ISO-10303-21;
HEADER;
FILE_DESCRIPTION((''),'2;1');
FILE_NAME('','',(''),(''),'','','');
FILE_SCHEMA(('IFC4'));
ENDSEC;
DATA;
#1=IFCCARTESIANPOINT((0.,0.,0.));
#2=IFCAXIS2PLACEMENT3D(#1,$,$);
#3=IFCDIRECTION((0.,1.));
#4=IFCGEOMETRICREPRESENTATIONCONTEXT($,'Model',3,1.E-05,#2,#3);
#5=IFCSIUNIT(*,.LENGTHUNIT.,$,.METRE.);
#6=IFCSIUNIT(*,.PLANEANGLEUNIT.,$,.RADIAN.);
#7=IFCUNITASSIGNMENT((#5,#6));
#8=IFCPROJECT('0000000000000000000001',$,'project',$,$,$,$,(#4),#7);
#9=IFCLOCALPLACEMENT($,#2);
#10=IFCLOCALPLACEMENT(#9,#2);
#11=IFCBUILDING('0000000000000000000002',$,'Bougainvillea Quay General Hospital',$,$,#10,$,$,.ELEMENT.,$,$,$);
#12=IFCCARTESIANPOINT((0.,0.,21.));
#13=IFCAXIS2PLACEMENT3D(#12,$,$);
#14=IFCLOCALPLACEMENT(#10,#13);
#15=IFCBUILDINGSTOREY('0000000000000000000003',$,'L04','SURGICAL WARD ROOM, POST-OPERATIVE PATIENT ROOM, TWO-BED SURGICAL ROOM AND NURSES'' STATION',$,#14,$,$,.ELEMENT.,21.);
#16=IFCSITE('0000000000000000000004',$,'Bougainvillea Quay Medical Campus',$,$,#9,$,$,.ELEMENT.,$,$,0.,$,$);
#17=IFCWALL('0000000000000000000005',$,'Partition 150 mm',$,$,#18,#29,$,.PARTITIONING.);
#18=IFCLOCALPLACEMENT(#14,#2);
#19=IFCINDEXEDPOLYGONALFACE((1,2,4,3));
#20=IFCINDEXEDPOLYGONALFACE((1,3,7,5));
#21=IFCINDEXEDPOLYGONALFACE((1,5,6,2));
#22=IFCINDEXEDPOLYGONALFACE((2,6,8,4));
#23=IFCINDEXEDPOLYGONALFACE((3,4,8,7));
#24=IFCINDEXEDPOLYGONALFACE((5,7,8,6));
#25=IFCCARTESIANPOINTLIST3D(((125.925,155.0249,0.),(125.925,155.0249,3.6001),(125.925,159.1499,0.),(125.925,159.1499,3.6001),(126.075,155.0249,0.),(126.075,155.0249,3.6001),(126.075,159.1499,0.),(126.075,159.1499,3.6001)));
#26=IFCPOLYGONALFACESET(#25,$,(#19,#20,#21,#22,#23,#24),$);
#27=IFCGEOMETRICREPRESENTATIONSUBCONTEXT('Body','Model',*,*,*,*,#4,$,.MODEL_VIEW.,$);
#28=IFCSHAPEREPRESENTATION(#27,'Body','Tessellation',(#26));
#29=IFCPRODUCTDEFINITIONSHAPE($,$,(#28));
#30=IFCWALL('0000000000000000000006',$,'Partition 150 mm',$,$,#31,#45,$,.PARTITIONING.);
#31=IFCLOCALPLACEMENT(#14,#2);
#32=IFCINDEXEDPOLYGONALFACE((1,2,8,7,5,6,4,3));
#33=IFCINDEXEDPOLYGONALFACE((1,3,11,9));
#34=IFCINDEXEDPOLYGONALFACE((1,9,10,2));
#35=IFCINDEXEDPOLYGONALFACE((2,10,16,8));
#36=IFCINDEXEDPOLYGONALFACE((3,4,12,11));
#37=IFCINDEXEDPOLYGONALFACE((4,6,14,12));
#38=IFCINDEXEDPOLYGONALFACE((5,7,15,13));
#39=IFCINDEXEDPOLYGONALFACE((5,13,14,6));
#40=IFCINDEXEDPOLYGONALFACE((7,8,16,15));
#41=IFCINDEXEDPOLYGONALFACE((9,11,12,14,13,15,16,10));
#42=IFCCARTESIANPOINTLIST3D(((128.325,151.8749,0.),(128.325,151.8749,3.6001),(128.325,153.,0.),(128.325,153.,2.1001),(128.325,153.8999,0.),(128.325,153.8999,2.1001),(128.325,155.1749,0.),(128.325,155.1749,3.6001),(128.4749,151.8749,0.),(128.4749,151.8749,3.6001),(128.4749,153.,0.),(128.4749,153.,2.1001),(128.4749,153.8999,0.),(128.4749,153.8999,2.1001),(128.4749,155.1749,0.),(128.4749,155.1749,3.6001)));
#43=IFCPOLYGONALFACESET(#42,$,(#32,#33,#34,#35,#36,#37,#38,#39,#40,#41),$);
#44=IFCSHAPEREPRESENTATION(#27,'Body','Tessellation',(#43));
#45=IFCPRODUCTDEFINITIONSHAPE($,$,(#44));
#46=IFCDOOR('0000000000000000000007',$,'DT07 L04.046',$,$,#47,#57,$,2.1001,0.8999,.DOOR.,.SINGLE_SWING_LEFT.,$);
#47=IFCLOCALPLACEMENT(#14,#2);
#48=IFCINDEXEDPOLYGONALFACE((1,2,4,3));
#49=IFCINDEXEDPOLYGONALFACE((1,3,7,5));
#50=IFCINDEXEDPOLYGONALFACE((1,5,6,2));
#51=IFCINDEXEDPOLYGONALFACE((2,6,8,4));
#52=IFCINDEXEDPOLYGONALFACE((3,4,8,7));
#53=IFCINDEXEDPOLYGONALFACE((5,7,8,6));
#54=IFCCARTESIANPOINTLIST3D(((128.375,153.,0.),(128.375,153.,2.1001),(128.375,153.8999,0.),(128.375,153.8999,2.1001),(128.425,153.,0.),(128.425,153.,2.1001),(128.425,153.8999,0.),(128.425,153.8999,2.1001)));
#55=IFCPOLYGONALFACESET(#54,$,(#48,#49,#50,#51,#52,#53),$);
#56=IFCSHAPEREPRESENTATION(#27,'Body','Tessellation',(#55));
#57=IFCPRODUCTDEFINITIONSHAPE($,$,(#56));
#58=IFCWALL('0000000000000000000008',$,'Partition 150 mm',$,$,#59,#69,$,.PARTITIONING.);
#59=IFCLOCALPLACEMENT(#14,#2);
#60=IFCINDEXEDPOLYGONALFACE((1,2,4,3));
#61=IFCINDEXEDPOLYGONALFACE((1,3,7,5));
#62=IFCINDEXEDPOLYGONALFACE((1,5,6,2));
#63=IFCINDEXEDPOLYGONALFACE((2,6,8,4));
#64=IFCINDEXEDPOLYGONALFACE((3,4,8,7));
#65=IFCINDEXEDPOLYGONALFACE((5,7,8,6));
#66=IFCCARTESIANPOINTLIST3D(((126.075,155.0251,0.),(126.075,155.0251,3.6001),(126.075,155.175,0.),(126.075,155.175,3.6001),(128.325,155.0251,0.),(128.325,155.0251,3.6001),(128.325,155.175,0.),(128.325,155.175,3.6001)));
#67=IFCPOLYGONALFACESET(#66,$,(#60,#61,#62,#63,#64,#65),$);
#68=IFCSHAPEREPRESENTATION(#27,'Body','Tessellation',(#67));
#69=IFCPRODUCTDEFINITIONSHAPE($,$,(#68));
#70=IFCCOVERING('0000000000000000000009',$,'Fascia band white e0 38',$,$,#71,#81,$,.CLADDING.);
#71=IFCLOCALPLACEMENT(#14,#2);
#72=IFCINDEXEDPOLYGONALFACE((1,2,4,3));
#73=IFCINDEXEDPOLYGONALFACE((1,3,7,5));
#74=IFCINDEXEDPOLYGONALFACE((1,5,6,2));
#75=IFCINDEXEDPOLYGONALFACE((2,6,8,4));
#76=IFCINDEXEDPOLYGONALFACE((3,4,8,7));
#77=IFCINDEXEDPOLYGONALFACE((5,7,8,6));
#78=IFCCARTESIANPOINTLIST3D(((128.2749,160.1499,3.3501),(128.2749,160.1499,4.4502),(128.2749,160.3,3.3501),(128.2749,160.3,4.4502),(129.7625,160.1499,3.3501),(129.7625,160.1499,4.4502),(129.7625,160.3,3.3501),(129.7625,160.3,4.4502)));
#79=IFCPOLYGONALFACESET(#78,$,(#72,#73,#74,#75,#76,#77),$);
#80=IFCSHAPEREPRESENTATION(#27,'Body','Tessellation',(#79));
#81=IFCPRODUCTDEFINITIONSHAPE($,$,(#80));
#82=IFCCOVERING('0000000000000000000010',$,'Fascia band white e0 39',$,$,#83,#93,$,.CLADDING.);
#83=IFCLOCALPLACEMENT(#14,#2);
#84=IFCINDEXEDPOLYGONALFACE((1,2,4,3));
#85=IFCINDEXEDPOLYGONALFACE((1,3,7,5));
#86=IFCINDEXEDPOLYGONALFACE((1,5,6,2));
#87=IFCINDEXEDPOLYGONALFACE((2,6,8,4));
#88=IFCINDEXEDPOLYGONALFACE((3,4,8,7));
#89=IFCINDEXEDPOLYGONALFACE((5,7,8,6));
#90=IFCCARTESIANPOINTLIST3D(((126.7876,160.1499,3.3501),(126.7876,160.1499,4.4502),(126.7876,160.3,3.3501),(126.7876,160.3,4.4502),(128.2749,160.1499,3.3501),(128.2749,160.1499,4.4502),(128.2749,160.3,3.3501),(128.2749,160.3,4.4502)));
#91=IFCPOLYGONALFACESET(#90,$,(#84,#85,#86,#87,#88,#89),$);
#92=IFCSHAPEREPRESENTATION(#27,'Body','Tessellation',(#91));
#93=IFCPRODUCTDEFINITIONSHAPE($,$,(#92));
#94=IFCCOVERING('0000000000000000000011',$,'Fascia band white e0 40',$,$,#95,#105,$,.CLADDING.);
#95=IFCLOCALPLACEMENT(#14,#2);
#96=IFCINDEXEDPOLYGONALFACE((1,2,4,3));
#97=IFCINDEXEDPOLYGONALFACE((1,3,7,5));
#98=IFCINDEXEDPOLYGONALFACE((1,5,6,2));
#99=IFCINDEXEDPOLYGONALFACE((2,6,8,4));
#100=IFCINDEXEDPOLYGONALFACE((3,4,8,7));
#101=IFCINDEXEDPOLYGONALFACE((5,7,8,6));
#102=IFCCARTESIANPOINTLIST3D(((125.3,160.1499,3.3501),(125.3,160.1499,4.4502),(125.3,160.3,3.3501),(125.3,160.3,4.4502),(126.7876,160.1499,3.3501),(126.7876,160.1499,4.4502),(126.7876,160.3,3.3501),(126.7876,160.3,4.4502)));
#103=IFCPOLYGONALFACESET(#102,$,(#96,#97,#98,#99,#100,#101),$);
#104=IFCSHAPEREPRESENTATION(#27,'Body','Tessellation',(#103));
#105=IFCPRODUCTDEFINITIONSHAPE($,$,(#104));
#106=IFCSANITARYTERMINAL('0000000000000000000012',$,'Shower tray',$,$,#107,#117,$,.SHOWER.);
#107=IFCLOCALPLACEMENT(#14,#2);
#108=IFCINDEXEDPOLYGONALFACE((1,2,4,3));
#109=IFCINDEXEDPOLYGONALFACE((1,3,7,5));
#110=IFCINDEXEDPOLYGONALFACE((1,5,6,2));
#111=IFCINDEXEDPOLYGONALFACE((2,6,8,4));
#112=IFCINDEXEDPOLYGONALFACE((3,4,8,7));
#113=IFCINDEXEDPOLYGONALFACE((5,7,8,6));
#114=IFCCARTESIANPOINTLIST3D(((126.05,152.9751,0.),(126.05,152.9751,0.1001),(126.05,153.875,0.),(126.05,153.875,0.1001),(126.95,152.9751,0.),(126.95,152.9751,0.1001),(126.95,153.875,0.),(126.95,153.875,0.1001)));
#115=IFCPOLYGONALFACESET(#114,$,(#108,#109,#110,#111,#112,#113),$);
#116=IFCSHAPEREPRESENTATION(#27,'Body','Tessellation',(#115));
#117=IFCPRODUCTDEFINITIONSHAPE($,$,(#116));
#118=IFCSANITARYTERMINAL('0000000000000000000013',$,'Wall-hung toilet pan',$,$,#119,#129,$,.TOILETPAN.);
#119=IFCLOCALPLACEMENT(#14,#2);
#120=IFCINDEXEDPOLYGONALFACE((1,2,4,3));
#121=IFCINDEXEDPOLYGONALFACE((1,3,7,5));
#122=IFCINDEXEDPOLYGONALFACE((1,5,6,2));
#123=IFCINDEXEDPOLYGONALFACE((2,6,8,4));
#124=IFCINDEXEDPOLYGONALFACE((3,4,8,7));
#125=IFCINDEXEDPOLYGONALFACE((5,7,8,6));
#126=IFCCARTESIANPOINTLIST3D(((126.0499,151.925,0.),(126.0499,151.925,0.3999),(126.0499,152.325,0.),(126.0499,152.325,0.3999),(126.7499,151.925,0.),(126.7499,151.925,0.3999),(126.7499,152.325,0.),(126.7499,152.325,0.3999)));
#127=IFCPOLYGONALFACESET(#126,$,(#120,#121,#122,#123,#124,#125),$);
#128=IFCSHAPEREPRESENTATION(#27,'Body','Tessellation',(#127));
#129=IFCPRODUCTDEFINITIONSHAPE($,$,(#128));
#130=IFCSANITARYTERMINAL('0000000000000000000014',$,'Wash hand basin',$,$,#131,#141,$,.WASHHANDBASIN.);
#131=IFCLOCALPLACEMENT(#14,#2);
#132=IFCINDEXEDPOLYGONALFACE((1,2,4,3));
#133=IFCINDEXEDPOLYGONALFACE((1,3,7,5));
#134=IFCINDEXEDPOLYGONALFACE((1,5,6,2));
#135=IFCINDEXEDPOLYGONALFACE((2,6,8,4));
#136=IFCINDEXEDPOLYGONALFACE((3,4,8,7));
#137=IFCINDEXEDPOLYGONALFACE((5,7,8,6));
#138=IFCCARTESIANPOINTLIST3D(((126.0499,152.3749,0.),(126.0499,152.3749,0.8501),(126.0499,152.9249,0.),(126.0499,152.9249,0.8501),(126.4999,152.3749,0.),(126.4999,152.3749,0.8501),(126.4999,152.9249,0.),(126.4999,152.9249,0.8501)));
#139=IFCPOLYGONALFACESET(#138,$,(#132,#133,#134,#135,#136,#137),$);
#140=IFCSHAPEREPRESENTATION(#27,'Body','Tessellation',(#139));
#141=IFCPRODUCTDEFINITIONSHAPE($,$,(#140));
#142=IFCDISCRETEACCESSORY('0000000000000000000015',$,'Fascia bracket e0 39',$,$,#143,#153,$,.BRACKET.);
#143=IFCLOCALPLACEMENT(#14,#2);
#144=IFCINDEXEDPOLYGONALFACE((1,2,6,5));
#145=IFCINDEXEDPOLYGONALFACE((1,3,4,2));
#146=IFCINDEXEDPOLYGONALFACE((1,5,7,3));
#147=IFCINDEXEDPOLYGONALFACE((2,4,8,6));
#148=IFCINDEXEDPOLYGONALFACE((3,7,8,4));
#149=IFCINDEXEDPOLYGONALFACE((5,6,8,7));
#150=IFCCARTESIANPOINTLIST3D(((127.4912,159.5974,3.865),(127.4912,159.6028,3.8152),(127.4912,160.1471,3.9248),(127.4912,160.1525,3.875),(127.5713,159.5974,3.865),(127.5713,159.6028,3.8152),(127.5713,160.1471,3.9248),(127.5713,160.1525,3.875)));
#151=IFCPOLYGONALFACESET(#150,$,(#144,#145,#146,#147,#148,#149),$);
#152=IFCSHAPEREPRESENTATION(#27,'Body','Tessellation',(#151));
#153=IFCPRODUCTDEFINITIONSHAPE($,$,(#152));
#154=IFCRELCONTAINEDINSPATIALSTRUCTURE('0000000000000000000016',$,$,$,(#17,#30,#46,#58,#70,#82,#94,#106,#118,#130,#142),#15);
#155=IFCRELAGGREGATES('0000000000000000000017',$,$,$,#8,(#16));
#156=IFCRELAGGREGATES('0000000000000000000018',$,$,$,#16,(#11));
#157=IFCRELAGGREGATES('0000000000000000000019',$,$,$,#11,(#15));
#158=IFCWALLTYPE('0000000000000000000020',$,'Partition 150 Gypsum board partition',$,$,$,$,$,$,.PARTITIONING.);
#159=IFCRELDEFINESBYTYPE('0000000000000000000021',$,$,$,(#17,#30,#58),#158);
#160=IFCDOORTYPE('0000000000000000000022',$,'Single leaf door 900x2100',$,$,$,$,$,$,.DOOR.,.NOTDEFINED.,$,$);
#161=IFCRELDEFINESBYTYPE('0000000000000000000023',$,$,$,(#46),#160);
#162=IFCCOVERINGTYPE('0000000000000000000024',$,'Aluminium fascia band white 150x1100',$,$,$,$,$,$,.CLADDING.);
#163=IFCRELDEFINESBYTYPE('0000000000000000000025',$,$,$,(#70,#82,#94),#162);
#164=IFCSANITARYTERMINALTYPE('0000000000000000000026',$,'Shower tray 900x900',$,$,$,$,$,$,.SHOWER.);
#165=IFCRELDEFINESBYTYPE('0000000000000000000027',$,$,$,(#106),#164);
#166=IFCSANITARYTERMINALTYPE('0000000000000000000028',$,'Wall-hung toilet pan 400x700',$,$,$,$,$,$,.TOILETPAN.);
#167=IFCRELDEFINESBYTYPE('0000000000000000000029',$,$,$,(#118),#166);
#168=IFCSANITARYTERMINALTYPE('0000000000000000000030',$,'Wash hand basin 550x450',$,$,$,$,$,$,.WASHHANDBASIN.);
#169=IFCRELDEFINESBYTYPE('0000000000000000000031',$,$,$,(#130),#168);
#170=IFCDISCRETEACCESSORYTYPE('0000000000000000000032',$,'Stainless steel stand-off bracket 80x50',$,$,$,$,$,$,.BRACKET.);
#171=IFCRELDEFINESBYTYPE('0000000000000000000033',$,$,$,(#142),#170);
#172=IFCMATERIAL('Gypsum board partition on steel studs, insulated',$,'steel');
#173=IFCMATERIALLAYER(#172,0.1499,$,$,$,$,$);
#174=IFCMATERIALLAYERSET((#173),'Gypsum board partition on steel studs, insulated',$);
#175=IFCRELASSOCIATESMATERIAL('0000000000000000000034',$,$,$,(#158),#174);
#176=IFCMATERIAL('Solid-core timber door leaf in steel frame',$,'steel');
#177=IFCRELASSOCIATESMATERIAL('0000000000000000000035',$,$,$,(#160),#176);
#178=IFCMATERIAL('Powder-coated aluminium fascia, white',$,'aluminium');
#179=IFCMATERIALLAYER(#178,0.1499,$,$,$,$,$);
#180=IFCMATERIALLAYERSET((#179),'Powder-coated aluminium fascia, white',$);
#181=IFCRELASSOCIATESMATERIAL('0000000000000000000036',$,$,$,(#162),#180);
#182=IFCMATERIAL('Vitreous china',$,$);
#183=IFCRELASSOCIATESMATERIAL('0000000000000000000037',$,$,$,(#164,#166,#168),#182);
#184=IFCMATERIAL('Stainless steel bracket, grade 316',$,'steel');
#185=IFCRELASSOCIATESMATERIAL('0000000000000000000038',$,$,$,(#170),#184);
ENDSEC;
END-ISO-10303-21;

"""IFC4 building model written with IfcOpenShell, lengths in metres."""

from ifc_helpers import new_model, si_unit, direction, frame, frame_2d, origin, origin_2d, place, context, subcontext, project, spatial, polyline, rectangle, outline, extrude, material, layer, layer_set, material_profile, profile_set, type_object, element, fill, save


model = new_model("IFC4")

# Units and contexts
model_context = context("Model", 3, precision=1e-05, world=origin(), true_north=direction((0.0, 1.0)))
body_context = subcontext(model_context, "Body", "Model", "MODEL_VIEW")
ifc_project = project(units=[si_unit("LENGTHUNIT", "METRE"), si_unit("PLANEANGLEUNIT", "RADIAN")], contexts=[model_context])

# Site, building, storey
site_placement = place(None, origin())
site = spatial("IfcSite", under=ifc_project, at=site_placement, Name="Bougainvillea Quay Medical Campus", CompositionType="ELEMENT", RefElevation=0.0)
building_placement = place(site_placement, origin())
building = spatial("IfcBuilding", under=site, at=building_placement, Name="Bougainvillea Quay General Hospital", CompositionType="ELEMENT")
storey_placement = place(building_placement, frame((0.0, 0.0, 21.0)))
storey = spatial("IfcBuildingStorey", under=building, at=storey_placement, Name="L04", Description="SURGICAL WARD ROOM, POST-OPERATIVE PATIENT ROOM, TWO-BED SURGICAL ROOM AND NURSES' STATION", CompositionType="ELEMENT", Elevation=21.0)

# Wall
ifc_material_1 = material(Name="Gypsum board partition on steel studs, insulated", Category="steel")
ifc_layer_1 = layer(ifc_material_1, 0.1499)
ifc_layer_set_1 = layer_set([ifc_layer_1], Name="Gypsum board partition on steel studs, insulated")
wall_type_1 = type_object("IfcWallType", Name="Partition 150 Gypsum board partition", PredefinedType="PARTITIONING", material=ifc_layer_set_1)
wall_1_placement = place(storey_placement, frame((126.0, 155.0249, 0.0), z_axis=(0.0, 0.0, 1.0), x_axis=(0.0, 1.0, 0.0)))
element("IfcWall", 1, at=wall_1_placement, inside=storey, type_object=wall_type_1, Name="Partition 150 mm", PredefinedType="PARTITIONING", context=body_context, shape_type="SweptSolid", body=[
    extrude(rectangle(XDim=4.125, YDim=0.1499, at=frame_2d((2.0625, 0.0))), origin(), (0.0, 0.0, 1.0), 3.6001),
])

# Wall, opening, door
wall_2_placement = place(storey_placement, frame((128.3999, 151.875, 0.0), z_axis=(0.0, 0.0, 1.0), x_axis=(0.0, 1.0, 0.0)))
wall_2 = element("IfcWall", 2, at=wall_2_placement, inside=storey, type_object=wall_type_1, Name="Partition 150 mm", PredefinedType="PARTITIONING", context=body_context, shape_type="SweptSolid", body=[
    extrude(rectangle(XDim=3.3, YDim=0.1499, at=frame_2d((1.6499, 0.0))), origin(), (0.0, 0.0, 1.0), 3.6001),
])
opening_placement = place(wall_2_placement, frame((1.125, 0.0, 0.0)))
opening = element("IfcOpeningElement", 3, at=opening_placement, cuts=wall_2, PredefinedType="OPENING", context=body_context, shape_type="SweptSolid", body=[
    extrude(rectangle(XDim=0.8999, YDim=2.1001, at=frame_2d((0.45, 1.05))), frame((0.0, 0.085, 0.0), z_axis=(0.0, -1.0, 0.0), x_axis=(1.0, 0.0, 0.0)), (0.0, 0.0, 1.0), 0.1699),
])
ifc_material_2 = material(Name="Solid-core timber door leaf in steel frame", Category="steel")
door_type = type_object("IfcDoorType", Name="Single leaf door 900x2100", OperationType="NOTDEFINED", PredefinedType="DOOR", material=ifc_material_2)
door_placement = place(opening_placement, origin())
door = element("IfcDoor", 4, at=door_placement, inside=storey, type_object=door_type, Name="DT07 L04.046", OperationType="SINGLE_SWING_LEFT", OverallHeight=2.1001, OverallWidth=0.8999, PredefinedType="DOOR", context=body_context, shape_type="SweptSolid", body=[
    extrude(rectangle(XDim=0.8999, YDim=2.1001, at=frame_2d((0.45, 1.05))), frame((0.0, 0.0249, 0.0), z_axis=(0.0, -1.0, 0.0), x_axis=(1.0, 0.0, 0.0)), (0.0, 0.0, 1.0), 0.05),
])
fill(opening, door)

# Wall
wall_3_placement = place(storey_placement, frame((126.075, 155.1001, 0.0), z_axis=(0.0, 0.0, 1.0), x_axis=(1.0, 0.0, 0.0)))
element("IfcWall", 5, at=wall_3_placement, inside=storey, type_object=wall_type_1, Name="Partition 150 mm", PredefinedType="PARTITIONING", context=body_context, shape_type="SweptSolid", body=[
    extrude(rectangle(XDim=2.25, YDim=0.1499, at=frame_2d((1.125, 0.0))), origin(), (0.0, 0.0, 1.0), 3.6001),
])

# Coverings
ifc_material_3 = material(Name="Powder-coated aluminium fascia, white", Category="aluminium")
ifc_layer_2 = layer(ifc_material_3, 0.1499)
ifc_layer_set_2 = layer_set([ifc_layer_2], Name="Powder-coated aluminium fascia, white")
covering_type = type_object("IfcCoveringType", Name="Aluminium fascia band white 150x1100", PredefinedType="CLADDING", material=ifc_layer_set_2)
covering_1_placement = place(storey_placement, frame((129.7625, 160.1499, 3.3501), z_axis=(0.0, 0.0, 1.0), x_axis=(-1.0, 0.0, 0.0)))
element("IfcCovering", 6, at=covering_1_placement, inside=storey, type_object=covering_type, Name="Fascia band white e0 38", PredefinedType="CLADDING", context=body_context, shape_type="SweptSolid", body=[
    extrude(outline(polyline([(0.0, 0.0), (1.4875, 0.0), (1.4875, -0.1501), (0.0, -0.1501), (0.0, 0.0)])), origin(), (0.0, 0.0, 1.0), 1.1001),
])
covering_2_placement = place(storey_placement, frame((128.2749, 160.1499, 3.3501), z_axis=(0.0, 0.0, 1.0), x_axis=(-1.0, 0.0, 0.0)))
element("IfcCovering", 7, at=covering_2_placement, inside=storey, type_object=covering_type, Name="Fascia band white e0 39", PredefinedType="CLADDING", context=body_context, shape_type="SweptSolid", body=[
    extrude(outline(polyline([(0.0, 0.0), (1.4873, 0.0), (1.4873, -0.1501), (0.0, -0.1501), (0.0, 0.0)])), origin(), (0.0, 0.0, 1.0), 1.1001),
])
covering_3_placement = place(storey_placement, frame((126.7876, 160.1499, 3.3501), z_axis=(0.0, 0.0, 1.0), x_axis=(-1.0, 0.0, 0.0)))
element("IfcCovering", 8, at=covering_3_placement, inside=storey, type_object=covering_type, Name="Fascia band white e0 40", PredefinedType="CLADDING", context=body_context, shape_type="SweptSolid", body=[
    extrude(outline(polyline([(0.0, 0.0), (1.4875, 0.0), (1.4875, -0.1501), (0.0, -0.1501), (0.0, 0.0)])), origin(), (0.0, 0.0, 1.0), 1.1001),
])

# Sanitary terminals
ifc_material_4 = material(Name="Vitreous china")
sanitary_terminal_type_1 = type_object("IfcSanitaryTerminalType", Name="Shower tray 900x900", PredefinedType="SHOWER", material=ifc_material_4)
sanitary_terminal_1_placement = place(storey_placement, frame((126.5, 153.425, 0.0), z_axis=(0.0, 0.0, 1.0), x_axis=(0.0, 1.0, 0.0)))
element("IfcSanitaryTerminal", 9, at=sanitary_terminal_1_placement, inside=storey, type_object=sanitary_terminal_type_1, Name="Shower tray", PredefinedType="SHOWER", context=body_context, shape_type="SweptSolid", body=[
    extrude(rectangle(XDim=0.8999, YDim=0.8999, at=origin_2d()), origin(), (0.0, 0.0, 1.0), 0.1001),
])
sanitary_terminal_type_2 = type_object("IfcSanitaryTerminalType", Name="Wall-hung toilet pan 400x700", PredefinedType="TOILETPAN", material=ifc_material_4)
sanitary_terminal_2_placement = place(storey_placement, frame((126.3999, 152.125, 0.0), z_axis=(0.0, 0.0, 1.0), x_axis=(0.0, 1.0, 0.0)))
element("IfcSanitaryTerminal", 10, at=sanitary_terminal_2_placement, inside=storey, type_object=sanitary_terminal_type_2, Name="Wall-hung toilet pan", PredefinedType="TOILETPAN", context=body_context, shape_type="SweptSolid", body=[
    extrude(rectangle(XDim=0.3999, YDim=0.7, at=origin_2d()), origin(), (0.0, 0.0, 1.0), 0.3999),
])
sanitary_terminal_type_3 = type_object("IfcSanitaryTerminalType", Name="Wash hand basin 550x450", PredefinedType="WASHHANDBASIN", material=ifc_material_4)
sanitary_terminal_3_placement = place(storey_placement, frame((126.2749, 152.6499, 0.0), z_axis=(0.0, 0.0, 1.0), x_axis=(0.0, 1.0, 0.0)))
element("IfcSanitaryTerminal", 11, at=sanitary_terminal_3_placement, inside=storey, type_object=sanitary_terminal_type_3, Name="Wash hand basin", PredefinedType="WASHHANDBASIN", context=body_context, shape_type="SweptSolid", body=[
    extrude(rectangle(XDim=0.55, YDim=0.45, at=origin_2d()), origin(), (0.0, 0.0, 1.0), 0.8501),
])

# Discrete accessory
ifc_material_5 = material(Name="Stainless steel bracket, grade 316", Category="steel")
ifc_material_profile_1 = material_profile(ifc_material_5, rectangle(XDim=0.0801, YDim=0.05, at=origin_2d()))
ifc_profile_set_1 = profile_set([ifc_material_profile_1], Name="Stainless steel bracket, grade 316")
discrete_accessory_type = type_object("IfcDiscreteAccessoryType", Name="Stainless steel stand-off bracket 80x50", PredefinedType="BRACKET", material=ifc_profile_set_1)
discrete_accessory_placement = place(storey_placement, frame((127.5312, 159.6001, 3.8401), z_axis=(0.0, 0.994134, 0.108154), x_axis=(-1.0, 0.0, 0.0)))
element("IfcDiscreteAccessory", 12, at=discrete_accessory_placement, inside=storey, type_object=discrete_accessory_type, Name="Fascia bracket e0 39", PredefinedType="BRACKET", context=body_context, shape_type="SweptSolid", body=[
    extrude(rectangle(XDim=0.0801, YDim=0.05, at=origin_2d()), origin(), (0.0, 0.0, 1.0), 0.553),
])

save(model, "model.ifc")
